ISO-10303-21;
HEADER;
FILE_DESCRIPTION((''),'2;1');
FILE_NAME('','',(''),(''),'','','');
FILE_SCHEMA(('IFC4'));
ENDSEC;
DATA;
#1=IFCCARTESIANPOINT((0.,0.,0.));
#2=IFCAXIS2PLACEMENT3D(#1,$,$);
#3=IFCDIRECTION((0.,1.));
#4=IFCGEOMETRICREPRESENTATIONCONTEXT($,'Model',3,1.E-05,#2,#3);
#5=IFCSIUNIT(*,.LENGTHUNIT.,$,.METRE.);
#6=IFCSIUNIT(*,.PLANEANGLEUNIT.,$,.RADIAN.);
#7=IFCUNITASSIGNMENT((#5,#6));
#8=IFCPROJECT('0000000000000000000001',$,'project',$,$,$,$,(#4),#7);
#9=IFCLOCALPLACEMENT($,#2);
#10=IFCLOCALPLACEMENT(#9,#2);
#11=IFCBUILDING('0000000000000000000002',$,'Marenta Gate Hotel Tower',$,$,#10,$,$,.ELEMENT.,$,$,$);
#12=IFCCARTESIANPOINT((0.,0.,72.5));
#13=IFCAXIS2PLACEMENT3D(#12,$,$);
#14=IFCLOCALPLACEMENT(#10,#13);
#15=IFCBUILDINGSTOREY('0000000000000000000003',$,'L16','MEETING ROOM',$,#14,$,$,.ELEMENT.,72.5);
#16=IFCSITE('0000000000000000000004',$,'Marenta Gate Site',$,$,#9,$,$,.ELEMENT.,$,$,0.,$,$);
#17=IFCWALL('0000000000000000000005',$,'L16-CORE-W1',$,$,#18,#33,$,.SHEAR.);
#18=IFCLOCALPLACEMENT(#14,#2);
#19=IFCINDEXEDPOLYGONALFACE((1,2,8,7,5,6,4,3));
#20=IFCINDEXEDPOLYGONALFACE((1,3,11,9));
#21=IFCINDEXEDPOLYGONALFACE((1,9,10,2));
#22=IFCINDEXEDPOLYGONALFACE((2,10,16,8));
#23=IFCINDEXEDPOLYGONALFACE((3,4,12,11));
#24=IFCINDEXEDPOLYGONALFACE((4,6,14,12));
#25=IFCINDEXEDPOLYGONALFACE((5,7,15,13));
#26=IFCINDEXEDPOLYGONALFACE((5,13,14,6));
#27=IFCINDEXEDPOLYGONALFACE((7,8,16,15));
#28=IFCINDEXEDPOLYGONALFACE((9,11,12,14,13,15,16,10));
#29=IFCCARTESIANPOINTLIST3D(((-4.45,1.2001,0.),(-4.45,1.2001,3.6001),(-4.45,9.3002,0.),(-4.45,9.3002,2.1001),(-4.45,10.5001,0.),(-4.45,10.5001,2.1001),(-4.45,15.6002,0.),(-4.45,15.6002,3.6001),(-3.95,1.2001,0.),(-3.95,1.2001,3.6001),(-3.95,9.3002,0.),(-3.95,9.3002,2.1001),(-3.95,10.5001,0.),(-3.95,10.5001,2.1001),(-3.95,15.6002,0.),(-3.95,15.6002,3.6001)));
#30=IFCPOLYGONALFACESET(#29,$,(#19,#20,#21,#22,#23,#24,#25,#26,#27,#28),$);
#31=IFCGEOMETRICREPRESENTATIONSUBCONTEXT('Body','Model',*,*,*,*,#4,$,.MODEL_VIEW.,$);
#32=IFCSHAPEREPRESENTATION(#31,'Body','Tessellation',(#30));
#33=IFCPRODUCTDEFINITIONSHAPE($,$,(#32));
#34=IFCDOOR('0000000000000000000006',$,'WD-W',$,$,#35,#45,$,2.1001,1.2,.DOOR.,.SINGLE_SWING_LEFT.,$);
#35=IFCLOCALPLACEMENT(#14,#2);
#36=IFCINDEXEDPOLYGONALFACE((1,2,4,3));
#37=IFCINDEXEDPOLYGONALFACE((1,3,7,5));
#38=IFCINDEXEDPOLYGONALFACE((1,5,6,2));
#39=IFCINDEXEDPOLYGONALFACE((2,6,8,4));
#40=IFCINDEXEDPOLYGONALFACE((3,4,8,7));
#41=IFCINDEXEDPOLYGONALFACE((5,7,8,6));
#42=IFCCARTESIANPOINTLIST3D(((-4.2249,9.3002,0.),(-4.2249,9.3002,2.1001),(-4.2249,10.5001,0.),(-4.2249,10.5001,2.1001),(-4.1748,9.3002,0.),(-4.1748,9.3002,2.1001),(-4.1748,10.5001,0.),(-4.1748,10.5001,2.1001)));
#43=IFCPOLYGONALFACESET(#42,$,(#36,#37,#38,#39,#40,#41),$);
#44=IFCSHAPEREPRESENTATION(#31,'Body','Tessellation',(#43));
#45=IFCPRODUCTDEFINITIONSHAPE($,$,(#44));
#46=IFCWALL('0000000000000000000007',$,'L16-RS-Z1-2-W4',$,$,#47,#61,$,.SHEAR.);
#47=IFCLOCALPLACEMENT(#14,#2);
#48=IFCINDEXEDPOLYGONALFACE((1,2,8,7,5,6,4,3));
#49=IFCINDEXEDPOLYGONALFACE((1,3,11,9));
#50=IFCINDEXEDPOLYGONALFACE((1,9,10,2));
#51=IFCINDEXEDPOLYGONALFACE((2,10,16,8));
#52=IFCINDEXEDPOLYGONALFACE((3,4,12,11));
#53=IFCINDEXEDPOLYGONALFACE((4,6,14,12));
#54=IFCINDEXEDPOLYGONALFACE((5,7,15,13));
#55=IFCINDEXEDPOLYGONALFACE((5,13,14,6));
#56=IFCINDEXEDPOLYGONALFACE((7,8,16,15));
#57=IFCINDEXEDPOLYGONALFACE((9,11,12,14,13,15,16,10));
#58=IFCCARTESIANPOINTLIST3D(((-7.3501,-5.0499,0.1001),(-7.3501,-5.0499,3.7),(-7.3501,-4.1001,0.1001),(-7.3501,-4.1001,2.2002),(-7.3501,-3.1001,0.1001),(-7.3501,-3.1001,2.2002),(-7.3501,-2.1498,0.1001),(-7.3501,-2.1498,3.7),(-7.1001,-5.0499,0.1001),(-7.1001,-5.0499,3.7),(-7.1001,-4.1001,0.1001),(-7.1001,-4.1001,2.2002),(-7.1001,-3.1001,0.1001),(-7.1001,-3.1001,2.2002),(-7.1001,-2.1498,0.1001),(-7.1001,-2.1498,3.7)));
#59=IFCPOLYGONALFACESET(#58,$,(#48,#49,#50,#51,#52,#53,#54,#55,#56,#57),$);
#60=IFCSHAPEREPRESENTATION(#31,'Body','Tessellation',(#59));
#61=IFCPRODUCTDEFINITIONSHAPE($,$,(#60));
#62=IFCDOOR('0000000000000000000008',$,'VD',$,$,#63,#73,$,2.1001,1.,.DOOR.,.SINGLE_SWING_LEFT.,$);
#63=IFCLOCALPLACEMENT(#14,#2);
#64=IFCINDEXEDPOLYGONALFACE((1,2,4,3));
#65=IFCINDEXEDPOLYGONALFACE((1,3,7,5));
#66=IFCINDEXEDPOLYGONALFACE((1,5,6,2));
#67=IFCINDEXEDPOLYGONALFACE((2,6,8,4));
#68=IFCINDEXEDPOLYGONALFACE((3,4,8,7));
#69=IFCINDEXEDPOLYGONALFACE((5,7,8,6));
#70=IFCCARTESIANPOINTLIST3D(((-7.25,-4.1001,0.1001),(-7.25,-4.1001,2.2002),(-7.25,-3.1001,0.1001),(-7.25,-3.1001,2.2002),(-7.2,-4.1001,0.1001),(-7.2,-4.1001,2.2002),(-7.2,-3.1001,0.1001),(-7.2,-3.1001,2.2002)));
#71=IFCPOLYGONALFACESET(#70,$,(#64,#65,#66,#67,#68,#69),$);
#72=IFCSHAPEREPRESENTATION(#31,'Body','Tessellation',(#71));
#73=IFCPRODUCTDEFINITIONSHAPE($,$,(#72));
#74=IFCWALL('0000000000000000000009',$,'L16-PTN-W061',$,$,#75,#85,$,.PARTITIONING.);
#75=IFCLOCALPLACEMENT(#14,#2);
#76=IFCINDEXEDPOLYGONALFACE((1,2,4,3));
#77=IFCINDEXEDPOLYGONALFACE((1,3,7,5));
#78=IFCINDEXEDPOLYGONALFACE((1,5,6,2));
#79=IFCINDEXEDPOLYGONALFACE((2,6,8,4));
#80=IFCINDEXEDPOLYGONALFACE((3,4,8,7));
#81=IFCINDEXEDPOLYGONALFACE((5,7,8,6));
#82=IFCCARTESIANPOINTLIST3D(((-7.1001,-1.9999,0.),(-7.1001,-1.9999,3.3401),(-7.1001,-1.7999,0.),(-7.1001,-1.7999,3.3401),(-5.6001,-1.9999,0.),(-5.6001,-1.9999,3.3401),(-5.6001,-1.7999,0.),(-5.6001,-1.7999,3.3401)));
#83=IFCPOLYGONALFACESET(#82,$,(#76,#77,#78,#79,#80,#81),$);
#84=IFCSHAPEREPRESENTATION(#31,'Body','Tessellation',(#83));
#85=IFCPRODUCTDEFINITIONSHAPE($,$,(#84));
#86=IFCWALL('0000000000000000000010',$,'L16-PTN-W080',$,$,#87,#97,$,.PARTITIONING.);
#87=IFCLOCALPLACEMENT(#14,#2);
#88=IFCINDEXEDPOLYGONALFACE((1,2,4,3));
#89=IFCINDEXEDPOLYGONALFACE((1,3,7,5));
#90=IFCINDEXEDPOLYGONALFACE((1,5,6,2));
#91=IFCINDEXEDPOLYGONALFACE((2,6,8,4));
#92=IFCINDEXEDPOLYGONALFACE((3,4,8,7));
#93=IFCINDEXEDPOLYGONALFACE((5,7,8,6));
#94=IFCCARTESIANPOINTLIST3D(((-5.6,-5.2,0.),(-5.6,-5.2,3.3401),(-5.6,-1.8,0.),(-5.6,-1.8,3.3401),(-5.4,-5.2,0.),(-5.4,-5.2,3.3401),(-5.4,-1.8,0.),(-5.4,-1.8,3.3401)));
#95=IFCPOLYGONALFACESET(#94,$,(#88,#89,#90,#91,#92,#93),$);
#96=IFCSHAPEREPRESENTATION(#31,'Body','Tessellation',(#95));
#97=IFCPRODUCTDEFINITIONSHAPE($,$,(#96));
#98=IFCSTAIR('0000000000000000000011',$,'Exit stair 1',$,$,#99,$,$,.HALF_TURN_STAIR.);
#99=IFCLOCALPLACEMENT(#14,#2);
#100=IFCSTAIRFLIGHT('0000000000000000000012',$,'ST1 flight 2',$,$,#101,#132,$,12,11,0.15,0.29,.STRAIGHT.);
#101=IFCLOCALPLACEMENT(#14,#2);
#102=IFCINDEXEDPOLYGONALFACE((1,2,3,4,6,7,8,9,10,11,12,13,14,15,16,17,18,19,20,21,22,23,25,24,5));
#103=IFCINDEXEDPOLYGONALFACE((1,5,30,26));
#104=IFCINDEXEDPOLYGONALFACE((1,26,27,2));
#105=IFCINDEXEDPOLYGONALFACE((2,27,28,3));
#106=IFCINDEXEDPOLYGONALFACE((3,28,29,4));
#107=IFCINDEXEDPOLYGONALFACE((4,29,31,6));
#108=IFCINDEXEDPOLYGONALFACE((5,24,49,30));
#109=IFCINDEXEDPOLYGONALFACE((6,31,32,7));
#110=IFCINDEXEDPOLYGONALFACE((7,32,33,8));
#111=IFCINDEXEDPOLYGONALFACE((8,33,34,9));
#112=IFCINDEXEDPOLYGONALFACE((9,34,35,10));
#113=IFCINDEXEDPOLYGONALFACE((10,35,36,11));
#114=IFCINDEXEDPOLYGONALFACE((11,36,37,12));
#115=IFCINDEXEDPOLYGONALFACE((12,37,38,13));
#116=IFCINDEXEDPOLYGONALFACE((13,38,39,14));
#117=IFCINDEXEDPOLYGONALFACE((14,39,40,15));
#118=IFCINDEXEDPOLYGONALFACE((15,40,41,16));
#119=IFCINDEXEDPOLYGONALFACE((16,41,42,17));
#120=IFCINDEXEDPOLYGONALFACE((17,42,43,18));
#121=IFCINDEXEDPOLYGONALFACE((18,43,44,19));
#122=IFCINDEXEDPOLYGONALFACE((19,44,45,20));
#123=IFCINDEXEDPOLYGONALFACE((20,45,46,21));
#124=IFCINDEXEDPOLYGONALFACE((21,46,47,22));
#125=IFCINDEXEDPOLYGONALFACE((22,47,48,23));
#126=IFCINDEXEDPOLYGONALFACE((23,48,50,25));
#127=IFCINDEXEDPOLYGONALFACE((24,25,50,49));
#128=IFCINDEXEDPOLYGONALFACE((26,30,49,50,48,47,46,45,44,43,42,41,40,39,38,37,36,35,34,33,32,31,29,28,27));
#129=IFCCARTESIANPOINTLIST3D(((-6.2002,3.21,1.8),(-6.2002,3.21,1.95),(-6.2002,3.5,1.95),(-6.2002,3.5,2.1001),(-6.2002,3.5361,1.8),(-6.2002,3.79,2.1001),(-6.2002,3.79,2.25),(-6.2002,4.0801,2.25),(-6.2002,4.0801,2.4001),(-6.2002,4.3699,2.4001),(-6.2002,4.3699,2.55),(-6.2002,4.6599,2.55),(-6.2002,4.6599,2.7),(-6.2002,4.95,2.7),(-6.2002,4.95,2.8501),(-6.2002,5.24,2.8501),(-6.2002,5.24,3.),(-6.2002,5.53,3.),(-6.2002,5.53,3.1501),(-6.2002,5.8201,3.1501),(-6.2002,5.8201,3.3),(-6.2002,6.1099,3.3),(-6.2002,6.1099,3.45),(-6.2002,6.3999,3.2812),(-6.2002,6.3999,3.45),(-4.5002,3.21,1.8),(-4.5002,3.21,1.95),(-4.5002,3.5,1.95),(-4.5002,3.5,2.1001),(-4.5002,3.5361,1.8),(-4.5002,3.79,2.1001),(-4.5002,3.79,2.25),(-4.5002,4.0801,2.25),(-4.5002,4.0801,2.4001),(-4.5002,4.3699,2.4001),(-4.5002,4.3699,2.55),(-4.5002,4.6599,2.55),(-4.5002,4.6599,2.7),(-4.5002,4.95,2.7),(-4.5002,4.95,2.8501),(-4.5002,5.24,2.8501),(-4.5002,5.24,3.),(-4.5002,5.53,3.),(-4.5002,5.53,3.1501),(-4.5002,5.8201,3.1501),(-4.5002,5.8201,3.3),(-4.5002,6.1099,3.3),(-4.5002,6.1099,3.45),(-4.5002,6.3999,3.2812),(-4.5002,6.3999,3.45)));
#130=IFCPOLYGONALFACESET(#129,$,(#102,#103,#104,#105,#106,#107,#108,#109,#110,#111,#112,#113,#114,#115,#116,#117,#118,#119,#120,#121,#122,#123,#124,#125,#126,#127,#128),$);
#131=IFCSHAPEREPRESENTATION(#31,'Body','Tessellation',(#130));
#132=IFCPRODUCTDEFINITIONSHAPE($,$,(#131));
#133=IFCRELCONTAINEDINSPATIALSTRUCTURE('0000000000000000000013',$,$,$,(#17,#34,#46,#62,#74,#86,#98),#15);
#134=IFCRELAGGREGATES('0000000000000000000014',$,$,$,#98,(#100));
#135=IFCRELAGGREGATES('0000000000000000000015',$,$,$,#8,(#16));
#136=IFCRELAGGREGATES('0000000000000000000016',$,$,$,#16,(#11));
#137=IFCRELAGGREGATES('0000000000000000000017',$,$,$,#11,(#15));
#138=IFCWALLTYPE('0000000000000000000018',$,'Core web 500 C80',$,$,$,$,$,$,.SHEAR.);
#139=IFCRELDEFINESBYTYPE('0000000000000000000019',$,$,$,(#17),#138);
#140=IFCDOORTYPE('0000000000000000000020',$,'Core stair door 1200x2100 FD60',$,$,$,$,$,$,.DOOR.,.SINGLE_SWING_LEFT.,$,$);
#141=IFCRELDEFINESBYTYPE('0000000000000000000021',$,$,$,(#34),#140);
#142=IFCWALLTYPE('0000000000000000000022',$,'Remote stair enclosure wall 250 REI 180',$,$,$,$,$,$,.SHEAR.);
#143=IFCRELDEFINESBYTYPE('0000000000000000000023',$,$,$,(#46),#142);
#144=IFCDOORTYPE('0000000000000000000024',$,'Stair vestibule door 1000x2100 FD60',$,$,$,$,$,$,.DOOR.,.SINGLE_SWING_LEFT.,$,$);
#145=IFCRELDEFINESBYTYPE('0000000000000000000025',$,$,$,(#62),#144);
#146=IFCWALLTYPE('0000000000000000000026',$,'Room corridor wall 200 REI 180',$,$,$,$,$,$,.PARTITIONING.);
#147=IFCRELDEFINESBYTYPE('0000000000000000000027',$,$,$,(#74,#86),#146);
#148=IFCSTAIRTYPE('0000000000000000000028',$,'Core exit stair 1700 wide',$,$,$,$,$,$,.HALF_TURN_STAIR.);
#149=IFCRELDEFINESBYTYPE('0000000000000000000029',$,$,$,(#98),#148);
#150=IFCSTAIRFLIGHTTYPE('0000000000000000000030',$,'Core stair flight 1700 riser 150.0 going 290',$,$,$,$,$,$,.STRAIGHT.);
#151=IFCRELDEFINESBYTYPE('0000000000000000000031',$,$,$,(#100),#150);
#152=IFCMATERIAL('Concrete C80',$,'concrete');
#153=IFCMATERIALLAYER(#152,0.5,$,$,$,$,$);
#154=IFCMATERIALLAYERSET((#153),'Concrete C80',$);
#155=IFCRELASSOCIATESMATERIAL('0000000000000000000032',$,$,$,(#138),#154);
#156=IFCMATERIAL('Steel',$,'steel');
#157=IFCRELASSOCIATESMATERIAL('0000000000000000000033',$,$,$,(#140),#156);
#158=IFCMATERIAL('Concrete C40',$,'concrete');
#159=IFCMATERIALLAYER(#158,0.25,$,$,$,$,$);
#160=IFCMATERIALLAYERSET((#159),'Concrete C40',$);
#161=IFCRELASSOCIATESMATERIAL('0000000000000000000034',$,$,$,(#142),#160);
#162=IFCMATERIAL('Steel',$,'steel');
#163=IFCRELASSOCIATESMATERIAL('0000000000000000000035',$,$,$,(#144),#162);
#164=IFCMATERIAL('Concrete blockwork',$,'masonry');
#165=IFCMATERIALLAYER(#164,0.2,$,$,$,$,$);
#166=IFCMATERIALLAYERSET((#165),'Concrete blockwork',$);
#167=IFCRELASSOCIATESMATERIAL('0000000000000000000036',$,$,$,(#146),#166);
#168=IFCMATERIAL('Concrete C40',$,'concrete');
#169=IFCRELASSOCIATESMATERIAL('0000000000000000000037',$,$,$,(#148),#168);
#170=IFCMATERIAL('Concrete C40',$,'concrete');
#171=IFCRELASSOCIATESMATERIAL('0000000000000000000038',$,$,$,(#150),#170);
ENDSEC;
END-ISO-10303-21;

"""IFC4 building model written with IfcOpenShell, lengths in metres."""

from ifc_helpers import new_model, si_unit, direction, frame, frame_2d, origin, place, context, subcontext, project, spatial, polyline, rectangle, outline, extrude, material, layer, layer_set, type_object, element, fill, aggregate, save


model = new_model("IFC4")

# Units and contexts
model_context = context("Model", 3, precision=1e-05, world=origin(), true_north=direction((0.0, 1.0)))
body_context = subcontext(model_context, "Body", "Model", "MODEL_VIEW")
ifc_project = project(units=[si_unit("LENGTHUNIT", "METRE"), si_unit("PLANEANGLEUNIT", "RADIAN")], contexts=[model_context])

# Site, building, storey
site_placement = place(None, origin())
site = spatial("IfcSite", under=ifc_project, at=site_placement, Name="Marenta Gate Site", CompositionType="ELEMENT", RefElevation=0.0)
building_placement = place(site_placement, origin())
building = spatial("IfcBuilding", under=site, at=building_placement, Name="Marenta Gate Hotel Tower", CompositionType="ELEMENT")
storey_placement = place(building_placement, frame((0.0, 0.0, 72.5)))
storey = spatial("IfcBuildingStorey", under=building, at=storey_placement, Name="L16", Description="MEETING ROOM", CompositionType="ELEMENT", Elevation=72.5)

# Walls, openings, doors
ifc_material_1 = material(Name="Concrete C80", Category="concrete")
ifc_layer_1 = layer(ifc_material_1, 0.5)
ifc_layer_set_1 = layer_set([ifc_layer_1], Name="Concrete C80")
wall_type_1 = type_object("IfcWallType", Name="Core web 500 C80", PredefinedType="SHEAR", material=ifc_layer_set_1)
wall_1_placement = place(storey_placement, frame((-4.2, 1.2, 0.0), z_axis=(0.0, 0.0, 1.0), x_axis=(0.0, 1.0, 0.0)))
wall_1 = element("IfcWall", 1, at=wall_1_placement, inside=storey, type_object=wall_type_1, Name="L16-CORE-W1", PredefinedType="SHEAR", context=body_context, shape_type="SweptSolid", body=[
    extrude(rectangle(XDim=14.4001, YDim=0.5, at=frame_2d((7.2002, 0.0))), origin(), (0.0, 0.0, 1.0), 3.6001),
])
opening_1_placement = place(wall_1_placement, frame((8.1001, 0.0, 0.0)))
opening_1 = element("IfcOpeningElement", 2, at=opening_1_placement, cuts=wall_1, PredefinedType="OPENING", context=body_context, shape_type="SweptSolid", body=[
    extrude(rectangle(XDim=1.2, YDim=2.1001, at=frame_2d((0.6001, 1.05))), frame((0.0, 0.25, 0.0), z_axis=(0.0, -1.0, 0.0), x_axis=(1.0, 0.0, 0.0)), (0.0, 0.0, 1.0), 0.5),
])
ifc_material_2 = material(Name="Steel", Category="steel")
door_type_1 = type_object("IfcDoorType", Name="Core stair door 1200x2100 FD60", OperationType="SINGLE_SWING_LEFT", PredefinedType="DOOR", material=ifc_material_2)
door_1_placement = place(opening_1_placement, origin())
door_1 = element("IfcDoor", 3, at=door_1_placement, inside=storey, type_object=door_type_1, Name="WD-W", OperationType="SINGLE_SWING_LEFT", OverallHeight=2.1001, OverallWidth=1.2, PredefinedType="DOOR", context=body_context, shape_type="SweptSolid", body=[
    extrude(rectangle(XDim=1.2, YDim=2.1001, at=frame_2d((0.6001, 1.05))), frame((0.0, 0.0249, 0.0), z_axis=(0.0, -1.0, 0.0), x_axis=(1.0, 0.0, 0.0)), (0.0, 0.0, 1.0), 0.05),
])
fill(opening_1, door_1)
ifc_material_3 = material(Name="Concrete C40", Category="concrete")
ifc_layer_2 = layer(ifc_material_3, 0.25)
ifc_layer_set_2 = layer_set([ifc_layer_2], Name="Concrete C40")
wall_type_2 = type_object("IfcWallType", Name="Remote stair enclosure wall 250 REI 180", PredefinedType="SHEAR", material=ifc_layer_set_2)
wall_2_placement = place(storey_placement, frame((-7.2251, -5.05, 0.1001), z_axis=(0.0, 0.0, 1.0), x_axis=(0.0, 1.0, 0.0)))
wall_2 = element("IfcWall", 4, at=wall_2_placement, inside=storey, type_object=wall_type_2, Name="L16-RS-Z1-2-W4", PredefinedType="SHEAR", context=body_context, shape_type="SweptSolid", body=[
    extrude(rectangle(XDim=2.9001, YDim=0.25, at=frame_2d((1.4502, 0.0))), origin(), (0.0, 0.0, 1.0), 3.5999),
])
opening_2_placement = place(wall_2_placement, frame((0.95, 0.0, 0.0)))
opening_2 = element("IfcOpeningElement", 5, at=opening_2_placement, cuts=wall_2, PredefinedType="OPENING", context=body_context, shape_type="SweptSolid", body=[
    extrude(rectangle(XDim=1.0, YDim=2.1001, at=frame_2d((0.5, 1.05))), frame((0.0, 0.125, 0.0), z_axis=(0.0, -1.0, 0.0), x_axis=(1.0, 0.0, 0.0)), (0.0, 0.0, 1.0), 0.25),
])
ifc_material_4 = material(Name="Steel", Category="steel")
door_type_2 = type_object("IfcDoorType", Name="Stair vestibule door 1000x2100 FD60", OperationType="SINGLE_SWING_LEFT", PredefinedType="DOOR", material=ifc_material_4)
door_2_placement = place(opening_2_placement, origin())
door_2 = element("IfcDoor", 6, at=door_2_placement, inside=storey, type_object=door_type_2, Name="VD", OperationType="SINGLE_SWING_LEFT", OverallHeight=2.1001, OverallWidth=1.0, PredefinedType="DOOR", context=body_context, shape_type="SweptSolid", body=[
    extrude(rectangle(XDim=1.0, YDim=2.1001, at=frame_2d((0.5, 1.05))), frame((0.0, 0.0249, 0.0), z_axis=(0.0, -1.0, 0.0), x_axis=(1.0, 0.0, 0.0)), (0.0, 0.0, 1.0), 0.05),
])
fill(opening_2, door_2)

# Shared definitions
ifc_material_5 = material(Name="Concrete blockwork", Category="masonry")
ifc_layer_3 = layer(ifc_material_5, 0.2)
ifc_layer_set_3 = layer_set([ifc_layer_3], Name="Concrete blockwork")
wall_type_3 = type_object("IfcWallType", Name="Room corridor wall 200 REI 180", PredefinedType="PARTITIONING", material=ifc_layer_set_3)

# Walls
wall_3_placement = place(storey_placement, frame((-7.1001, -1.8999, 0.0), z_axis=(0.0, 0.0, 1.0), x_axis=(1.0, 0.0, 0.0)))
element("IfcWall", 7, at=wall_3_placement, inside=storey, type_object=wall_type_3, Name="L16-PTN-W061", PredefinedType="PARTITIONING", context=body_context, shape_type="SweptSolid", body=[
    extrude(rectangle(XDim=1.5, YDim=0.2, at=frame_2d((0.75, 0.0))), origin(), (0.0, 0.0, 1.0), 3.3401),
])
wall_4_placement = place(storey_placement, frame((-5.5, -5.2, 0.0), z_axis=(0.0, 0.0, 1.0), x_axis=(0.0, 1.0, 0.0)))
element("IfcWall", 8, at=wall_4_placement, inside=storey, type_object=wall_type_3, Name="L16-PTN-W080", PredefinedType="PARTITIONING", context=body_context, shape_type="SweptSolid", body=[
    extrude(rectangle(XDim=3.3999, YDim=0.2, at=frame_2d((1.7, 0.0))), origin(), (0.0, 0.0, 1.0), 3.3401),
])

# Stair, stair flight
ifc_material_6 = material(Name="Concrete C40", Category="concrete")
stair_type = type_object("IfcStairType", Name="Core exit stair 1700 wide", PredefinedType="HALF_TURN_STAIR", material=ifc_material_6)
stair_placement = place(storey_placement, origin())
stair = element("IfcStair", 9, at=stair_placement, inside=storey, type_object=stair_type, Name="Exit stair 1", PredefinedType="HALF_TURN_STAIR")
ifc_material_7 = material(Name="Concrete C40", Category="concrete")
stair_flight_type = type_object("IfcStairFlightType", Name="Core stair flight 1700 riser 150.0 going 290", PredefinedType="STRAIGHT", material=ifc_material_7)
stair_flight_placement = place(storey_placement, frame((-5.3501, 3.21, 1.8), z_axis=(0.0, 0.0, 1.0), x_axis=(0.0, 1.0, 0.0)))
stair_flight = element("IfcStairFlight", 10, at=stair_flight_placement, type_object=stair_flight_type, Name="ST1 flight 2", NumberOfRisers=12, NumberOfTreads=11, PredefinedType="STRAIGHT", RiserHeight=0.15, TreadLength=0.29, context=body_context, shape_type="SweptSolid", body=[
    extrude(outline(polyline([(0.0, 0.0), (0.0, 0.1499), (0.29, 0.1499), (0.29, 0.3), (0.5801, 0.3), (0.5801, 0.45), (0.8701, 0.45), (0.8701, 0.6001), (1.1599, 0.6001), (1.1599, 0.75), (1.45, 0.75), (1.45, 0.8999), (1.74, 0.8999), (1.74, 1.05), (2.03, 1.05), (2.03, 1.2), (2.3201, 1.2), (2.3201, 1.3501), (2.6101, 1.3501), (2.6101, 1.5), (2.8999, 1.5), (2.8999, 1.6499), (3.1899, 1.6499), (3.1899, 1.8), (3.1899, 1.4812), (0.3262, 0.0), (0.0, 0.0)])), frame((0.0, 0.8501, 0.0), z_axis=(0.0, -1.0, 0.0), x_axis=(1.0, 0.0, 0.0)), (0.0, 0.0, 1.0), 1.7),
])
aggregate(stair, [stair_flight])

save(model, "model.ifc")
